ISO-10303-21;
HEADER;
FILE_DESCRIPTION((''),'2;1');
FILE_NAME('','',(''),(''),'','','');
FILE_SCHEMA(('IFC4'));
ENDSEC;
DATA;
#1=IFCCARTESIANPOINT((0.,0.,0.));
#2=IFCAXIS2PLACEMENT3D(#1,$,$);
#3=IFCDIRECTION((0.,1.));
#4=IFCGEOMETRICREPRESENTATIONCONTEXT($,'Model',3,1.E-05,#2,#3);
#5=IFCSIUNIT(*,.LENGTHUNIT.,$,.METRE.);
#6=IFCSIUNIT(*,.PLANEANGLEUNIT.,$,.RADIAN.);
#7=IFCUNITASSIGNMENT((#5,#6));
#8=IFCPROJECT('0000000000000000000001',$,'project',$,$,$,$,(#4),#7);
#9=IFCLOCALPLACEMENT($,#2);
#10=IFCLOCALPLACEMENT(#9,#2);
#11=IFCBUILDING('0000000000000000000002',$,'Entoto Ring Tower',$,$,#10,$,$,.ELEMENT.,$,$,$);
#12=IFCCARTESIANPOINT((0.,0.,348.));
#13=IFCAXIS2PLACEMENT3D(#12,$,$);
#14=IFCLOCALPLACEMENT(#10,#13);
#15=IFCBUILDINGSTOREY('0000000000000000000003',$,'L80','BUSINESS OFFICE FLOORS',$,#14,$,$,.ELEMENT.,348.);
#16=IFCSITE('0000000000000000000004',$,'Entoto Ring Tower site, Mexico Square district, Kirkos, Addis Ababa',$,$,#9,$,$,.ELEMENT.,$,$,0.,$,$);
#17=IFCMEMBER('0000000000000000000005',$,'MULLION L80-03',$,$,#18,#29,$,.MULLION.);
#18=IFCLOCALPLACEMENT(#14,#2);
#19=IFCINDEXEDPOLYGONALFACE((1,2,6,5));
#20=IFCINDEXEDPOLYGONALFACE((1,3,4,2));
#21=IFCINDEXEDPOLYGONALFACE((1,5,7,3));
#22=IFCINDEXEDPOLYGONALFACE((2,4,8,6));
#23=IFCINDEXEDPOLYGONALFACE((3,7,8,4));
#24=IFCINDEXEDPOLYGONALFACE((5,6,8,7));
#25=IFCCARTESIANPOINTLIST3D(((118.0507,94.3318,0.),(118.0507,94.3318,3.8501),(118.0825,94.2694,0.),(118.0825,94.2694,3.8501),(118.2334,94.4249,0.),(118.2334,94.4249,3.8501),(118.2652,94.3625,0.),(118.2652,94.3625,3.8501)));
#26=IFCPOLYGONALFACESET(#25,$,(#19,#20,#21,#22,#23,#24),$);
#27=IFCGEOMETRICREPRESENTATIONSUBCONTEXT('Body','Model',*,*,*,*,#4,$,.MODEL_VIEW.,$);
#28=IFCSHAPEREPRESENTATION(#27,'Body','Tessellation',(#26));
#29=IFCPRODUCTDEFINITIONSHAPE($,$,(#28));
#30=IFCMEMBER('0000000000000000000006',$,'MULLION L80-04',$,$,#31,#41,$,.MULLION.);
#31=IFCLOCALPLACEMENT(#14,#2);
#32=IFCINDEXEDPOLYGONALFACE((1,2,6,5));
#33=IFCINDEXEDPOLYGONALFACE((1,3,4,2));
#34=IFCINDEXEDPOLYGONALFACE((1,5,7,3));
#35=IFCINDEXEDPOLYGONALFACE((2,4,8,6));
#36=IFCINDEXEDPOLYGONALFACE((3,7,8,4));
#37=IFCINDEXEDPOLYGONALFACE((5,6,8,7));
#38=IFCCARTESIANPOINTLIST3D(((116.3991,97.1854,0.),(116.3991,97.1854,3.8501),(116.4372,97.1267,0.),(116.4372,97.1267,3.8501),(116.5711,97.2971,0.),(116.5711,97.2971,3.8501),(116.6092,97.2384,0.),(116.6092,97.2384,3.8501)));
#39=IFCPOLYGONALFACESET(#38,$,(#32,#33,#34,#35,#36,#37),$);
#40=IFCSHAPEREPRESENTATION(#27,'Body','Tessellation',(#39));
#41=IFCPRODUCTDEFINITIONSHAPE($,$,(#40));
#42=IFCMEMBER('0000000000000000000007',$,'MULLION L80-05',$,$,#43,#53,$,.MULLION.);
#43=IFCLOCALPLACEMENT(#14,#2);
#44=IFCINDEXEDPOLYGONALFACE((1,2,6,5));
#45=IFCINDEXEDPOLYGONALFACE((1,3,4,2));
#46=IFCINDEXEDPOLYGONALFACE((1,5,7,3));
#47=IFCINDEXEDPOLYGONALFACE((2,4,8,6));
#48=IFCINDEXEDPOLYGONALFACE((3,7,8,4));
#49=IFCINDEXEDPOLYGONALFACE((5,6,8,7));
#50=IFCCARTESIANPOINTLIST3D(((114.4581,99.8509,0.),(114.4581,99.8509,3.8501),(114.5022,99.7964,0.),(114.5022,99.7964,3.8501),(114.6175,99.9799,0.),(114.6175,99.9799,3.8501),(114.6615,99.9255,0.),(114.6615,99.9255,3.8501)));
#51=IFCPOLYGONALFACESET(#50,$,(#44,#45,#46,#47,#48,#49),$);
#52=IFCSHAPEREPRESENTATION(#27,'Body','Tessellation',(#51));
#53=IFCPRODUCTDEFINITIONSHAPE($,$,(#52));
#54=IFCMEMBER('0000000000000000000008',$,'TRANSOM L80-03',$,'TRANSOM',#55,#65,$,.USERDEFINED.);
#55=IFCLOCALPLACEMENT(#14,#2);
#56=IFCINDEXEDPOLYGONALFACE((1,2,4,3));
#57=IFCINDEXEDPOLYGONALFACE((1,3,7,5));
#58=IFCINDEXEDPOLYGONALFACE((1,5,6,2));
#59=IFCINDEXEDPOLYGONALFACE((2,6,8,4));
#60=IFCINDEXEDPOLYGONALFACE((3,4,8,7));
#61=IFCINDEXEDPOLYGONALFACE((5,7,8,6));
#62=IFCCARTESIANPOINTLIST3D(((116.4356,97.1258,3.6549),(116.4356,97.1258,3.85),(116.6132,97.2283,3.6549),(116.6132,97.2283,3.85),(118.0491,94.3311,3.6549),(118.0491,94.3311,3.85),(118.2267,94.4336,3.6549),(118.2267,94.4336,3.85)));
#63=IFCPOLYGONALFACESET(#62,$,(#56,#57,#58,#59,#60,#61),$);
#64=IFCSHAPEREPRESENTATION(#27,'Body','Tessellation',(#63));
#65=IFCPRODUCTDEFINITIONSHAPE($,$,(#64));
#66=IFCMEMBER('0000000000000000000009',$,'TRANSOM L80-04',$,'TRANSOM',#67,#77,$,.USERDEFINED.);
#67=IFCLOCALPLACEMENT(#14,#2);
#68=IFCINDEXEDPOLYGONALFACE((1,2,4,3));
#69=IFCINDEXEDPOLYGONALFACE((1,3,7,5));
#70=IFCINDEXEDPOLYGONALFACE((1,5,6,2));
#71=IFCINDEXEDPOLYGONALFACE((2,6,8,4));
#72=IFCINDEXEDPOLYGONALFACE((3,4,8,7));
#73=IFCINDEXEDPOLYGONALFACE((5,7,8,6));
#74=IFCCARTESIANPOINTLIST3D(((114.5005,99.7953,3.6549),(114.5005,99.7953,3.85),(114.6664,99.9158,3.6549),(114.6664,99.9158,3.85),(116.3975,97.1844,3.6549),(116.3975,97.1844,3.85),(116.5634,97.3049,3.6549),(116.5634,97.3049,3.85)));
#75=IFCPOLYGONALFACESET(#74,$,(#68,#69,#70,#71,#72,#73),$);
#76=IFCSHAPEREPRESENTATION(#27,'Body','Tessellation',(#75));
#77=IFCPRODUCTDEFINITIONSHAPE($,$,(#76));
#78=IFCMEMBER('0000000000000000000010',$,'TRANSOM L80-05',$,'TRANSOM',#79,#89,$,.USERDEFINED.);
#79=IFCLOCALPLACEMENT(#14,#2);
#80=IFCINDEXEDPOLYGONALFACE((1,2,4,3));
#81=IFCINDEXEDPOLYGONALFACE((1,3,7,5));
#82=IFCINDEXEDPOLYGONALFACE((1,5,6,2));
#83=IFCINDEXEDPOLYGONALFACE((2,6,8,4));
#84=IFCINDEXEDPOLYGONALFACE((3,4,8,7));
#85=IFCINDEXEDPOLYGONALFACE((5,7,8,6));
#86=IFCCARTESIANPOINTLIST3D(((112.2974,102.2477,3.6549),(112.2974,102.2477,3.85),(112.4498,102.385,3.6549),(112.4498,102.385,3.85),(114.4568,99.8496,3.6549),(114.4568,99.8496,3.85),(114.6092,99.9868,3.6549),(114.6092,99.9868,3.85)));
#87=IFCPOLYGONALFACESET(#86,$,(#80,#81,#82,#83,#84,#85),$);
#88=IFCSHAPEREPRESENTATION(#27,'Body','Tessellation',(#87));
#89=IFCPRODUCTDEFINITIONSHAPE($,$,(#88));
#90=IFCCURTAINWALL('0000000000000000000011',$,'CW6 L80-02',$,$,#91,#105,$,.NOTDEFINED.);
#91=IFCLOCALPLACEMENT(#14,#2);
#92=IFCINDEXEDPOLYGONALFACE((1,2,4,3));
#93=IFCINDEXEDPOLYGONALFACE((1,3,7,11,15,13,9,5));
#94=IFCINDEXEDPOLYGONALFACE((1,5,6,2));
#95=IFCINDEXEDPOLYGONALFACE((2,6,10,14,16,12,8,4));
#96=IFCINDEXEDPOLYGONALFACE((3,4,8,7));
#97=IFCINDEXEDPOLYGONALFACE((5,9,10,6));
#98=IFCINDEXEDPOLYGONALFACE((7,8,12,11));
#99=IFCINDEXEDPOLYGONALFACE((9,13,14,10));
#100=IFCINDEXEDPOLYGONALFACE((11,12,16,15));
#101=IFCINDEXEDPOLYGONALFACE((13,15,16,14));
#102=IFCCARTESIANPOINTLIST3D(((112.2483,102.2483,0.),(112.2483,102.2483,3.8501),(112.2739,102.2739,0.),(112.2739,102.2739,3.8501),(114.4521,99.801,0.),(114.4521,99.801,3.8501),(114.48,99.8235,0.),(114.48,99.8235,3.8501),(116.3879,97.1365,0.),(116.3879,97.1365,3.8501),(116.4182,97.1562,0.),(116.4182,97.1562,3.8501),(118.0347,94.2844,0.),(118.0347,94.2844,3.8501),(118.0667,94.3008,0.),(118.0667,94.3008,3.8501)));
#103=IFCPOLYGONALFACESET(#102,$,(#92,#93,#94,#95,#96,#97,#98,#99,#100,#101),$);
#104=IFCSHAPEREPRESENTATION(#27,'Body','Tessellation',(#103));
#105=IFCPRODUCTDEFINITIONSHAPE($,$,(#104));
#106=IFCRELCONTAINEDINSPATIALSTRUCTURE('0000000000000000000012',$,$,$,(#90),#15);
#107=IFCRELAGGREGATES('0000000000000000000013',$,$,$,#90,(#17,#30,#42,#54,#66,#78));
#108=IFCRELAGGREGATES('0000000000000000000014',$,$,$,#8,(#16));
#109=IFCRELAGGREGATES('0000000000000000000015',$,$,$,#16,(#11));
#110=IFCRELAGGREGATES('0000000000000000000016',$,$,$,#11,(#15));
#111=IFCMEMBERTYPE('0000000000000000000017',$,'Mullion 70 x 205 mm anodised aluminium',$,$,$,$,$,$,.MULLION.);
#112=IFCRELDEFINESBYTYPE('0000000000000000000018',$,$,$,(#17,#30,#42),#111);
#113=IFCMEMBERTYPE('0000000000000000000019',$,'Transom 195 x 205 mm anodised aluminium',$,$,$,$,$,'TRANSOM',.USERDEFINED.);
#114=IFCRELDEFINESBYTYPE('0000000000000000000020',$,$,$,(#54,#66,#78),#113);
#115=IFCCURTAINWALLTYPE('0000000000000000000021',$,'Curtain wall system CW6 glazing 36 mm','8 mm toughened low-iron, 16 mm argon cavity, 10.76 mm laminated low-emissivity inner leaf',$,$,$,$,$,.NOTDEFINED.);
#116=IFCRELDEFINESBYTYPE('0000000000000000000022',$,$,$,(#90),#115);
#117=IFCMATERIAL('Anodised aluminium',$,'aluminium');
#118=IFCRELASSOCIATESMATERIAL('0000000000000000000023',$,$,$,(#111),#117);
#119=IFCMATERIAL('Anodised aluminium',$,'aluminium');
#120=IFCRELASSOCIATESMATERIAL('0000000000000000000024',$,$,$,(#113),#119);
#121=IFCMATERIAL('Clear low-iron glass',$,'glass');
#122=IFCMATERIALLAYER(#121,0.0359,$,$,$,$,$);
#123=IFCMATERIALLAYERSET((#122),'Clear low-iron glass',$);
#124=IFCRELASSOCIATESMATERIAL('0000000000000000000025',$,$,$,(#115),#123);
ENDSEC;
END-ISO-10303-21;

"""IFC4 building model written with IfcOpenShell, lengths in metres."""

from ifc_helpers import new_model, si_unit, direction, frame, origin, origin_2d, place, context, subcontext, project, spatial, polyline, rectangle, outline, extrude, material, layer, layer_set, material_profile, profile_set, type_object, element, aggregate, save


model = new_model("IFC4")

# Units and contexts
model_context = context("Model", 3, precision=1e-05, world=origin(), true_north=direction((0.0, 1.0)))
body_context = subcontext(model_context, "Body", "Model", "MODEL_VIEW")
ifc_project = project(units=[si_unit("LENGTHUNIT", "METRE"), si_unit("PLANEANGLEUNIT", "RADIAN")], contexts=[model_context])

# Members
ifc_material_1 = material(Name="Anodised aluminium", Category="aluminium")
ifc_material_profile_1 = material_profile(ifc_material_1, rectangle(XDim=0.0701, YDim=0.2051, at=origin_2d()), Name="Mullion 70 x 205 mm anodised aluminium")
ifc_profile_set_1 = profile_set([ifc_material_profile_1], Name="Anodised aluminium")
member_type_1 = type_object("IfcMemberType", Name="Mullion 70 x 205 mm anodised aluminium", PredefinedType="MULLION", material=ifc_profile_set_1)
site_placement = place(None, origin())
building_placement = place(site_placement, origin())
storey_placement = place(building_placement, frame((0.0, 0.0, 348.0)))
member_1_placement = place(storey_placement, frame((118.158, 94.3472, 0.0), z_axis=(0.0, 0.0, 1.0), x_axis=(-0.45399, 0.891007, 0.0)))
member_1 = element("IfcMember", 1, at=member_1_placement, type_object=member_type_1, Name="MULLION L80-03", PredefinedType="MULLION", context=body_context, shape_type="SweptSolid", body=[
    extrude(rectangle(XDim=0.0701, YDim=0.2051, at=origin_2d()), origin(), (0.0, 0.0, 1.0), 3.8501),
])
member_2_placement = place(storey_placement, frame((116.5042, 97.2119, 0.0), z_axis=(0.0, 0.0, 1.0), x_axis=(-0.544639, 0.838671, 0.0)))
member_2 = element("IfcMember", 2, at=member_2_placement, type_object=member_type_1, Name="MULLION L80-04", PredefinedType="MULLION", context=body_context, shape_type="SweptSolid", body=[
    extrude(rectangle(XDim=0.0701, YDim=0.2051, at=origin_2d()), origin(), (0.0, 0.0, 1.0), 3.8501),
])
member_3_placement = place(storey_placement, frame((114.5598, 99.8882, 0.0), z_axis=(0.0, 0.0, 1.0), x_axis=(-0.62932, 0.777146, 0.0)))
member_3 = element("IfcMember", 3, at=member_3_placement, type_object=member_type_1, Name="MULLION L80-05", PredefinedType="MULLION", context=body_context, shape_type="SweptSolid", body=[
    extrude(rectangle(XDim=0.0701, YDim=0.2051, at=origin_2d()), origin(), (0.0, 0.0, 1.0), 3.8501),
])
ifc_material_2 = material(Name="Anodised aluminium", Category="aluminium")
ifc_material_profile_2 = material_profile(ifc_material_2, rectangle(XDim=0.2051, YDim=0.1951, at=origin_2d()), Name="Transom 195 x 205 mm anodised aluminium")
ifc_profile_set_2 = profile_set([ifc_material_profile_2], Name="Anodised aluminium")
member_type_2 = type_object("IfcMemberType", Name="Transom 195 x 205 mm anodised aluminium", ElementType="TRANSOM", PredefinedType="USERDEFINED", material=ifc_profile_set_2)
member_4_placement = place(storey_placement, frame((118.1379, 94.3823, 3.7524), z_axis=(-0.500004, 0.866023, 0.0), x_axis=(-0.866023, -0.500004, 0.0)))
member_4 = element("IfcMember", 4, at=member_4_placement, type_object=member_type_2, Name="TRANSOM L80-03", ObjectType="TRANSOM", PredefinedType="USERDEFINED", context=body_context, shape_type="SweptSolid", body=[
    extrude(rectangle(XDim=0.2051, YDim=0.1951, at=origin_2d()), origin(), (0.0, 0.0, 1.0), 3.2271),
])
member_5_placement = place(storey_placement, frame((116.4805, 97.2446, 3.7524), z_axis=(-0.587803, 0.809004, 0.0), x_axis=(-0.809004, -0.587803, 0.0)))
member_5 = element("IfcMember", 5, at=member_5_placement, type_object=member_type_2, Name="TRANSOM L80-04", ObjectType="TRANSOM", PredefinedType="USERDEFINED", context=body_context, shape_type="SweptSolid", body=[
    extrude(rectangle(XDim=0.2051, YDim=0.1951, at=origin_2d()), origin(), (0.0, 0.0, 1.0), 3.2273),
])
member_6_placement = place(storey_placement, frame((114.533, 99.9182, 3.7524), z_axis=(-0.669144, 0.743132, 0.0), x_axis=(-0.743132, -0.669144, 0.0)))
member_6 = element("IfcMember", 6, at=member_6_placement, type_object=member_type_2, Name="TRANSOM L80-05", ObjectType="TRANSOM", PredefinedType="USERDEFINED", context=body_context, shape_type="SweptSolid", body=[
    extrude(rectangle(XDim=0.2051, YDim=0.1951, at=origin_2d()), origin(), (0.0, 0.0, 1.0), 3.2271),
])

# Site, building, storey
site = spatial("IfcSite", under=ifc_project, at=site_placement, Name="Entoto Ring Tower site, Mexico Square district, Kirkos, Addis Ababa", CompositionType="ELEMENT", RefElevation=0.0)
building = spatial("IfcBuilding", under=site, at=building_placement, Name="Entoto Ring Tower", CompositionType="ELEMENT")
storey = spatial("IfcBuildingStorey", under=building, at=storey_placement, Name="L80", Description="BUSINESS OFFICE FLOORS", CompositionType="ELEMENT", Elevation=348.0)

# Curtain wall
ifc_material_3 = material(Name="Clear low-iron glass", Category="glass")
ifc_layer_1 = layer(ifc_material_3, 0.0359)
ifc_layer_set_1 = layer_set([ifc_layer_1], Name="Clear low-iron glass")
curtain_wall_type = type_object("IfcCurtainWallType", Name="Curtain wall system CW6 glazing 36 mm", Description="8 mm toughened low-iron, 16 mm argon cavity, 10.76 mm laminated low-emissivity inner leaf", PredefinedType="NOTDEFINED", material=ifc_layer_set_1)
curtain_wall_1_placement = place(storey_placement, origin())
curtain_wall_1 = element("IfcCurtainWall", 7, at=curtain_wall_1_placement, inside=storey, type_object=curtain_wall_type, Name="CW6 L80-02", PredefinedType="NOTDEFINED", context=body_context, shape_type="SweptSolid", body=[
    extrude(outline(polyline([(118.0667, 94.3008), (116.4182, 97.1562), (114.48, 99.8235), (112.2739, 102.2739), (112.2483, 102.2483), (114.4521, 99.801), (116.3879, 97.1365), (118.0347, 94.2844), (118.0667, 94.3008)])), origin(), (0.0, 0.0, 1.0), 3.8501),
])
aggregate(curtain_wall_1, [member_1, member_2, member_3, member_4, member_5, member_6])

save(model, "model.ifc")
